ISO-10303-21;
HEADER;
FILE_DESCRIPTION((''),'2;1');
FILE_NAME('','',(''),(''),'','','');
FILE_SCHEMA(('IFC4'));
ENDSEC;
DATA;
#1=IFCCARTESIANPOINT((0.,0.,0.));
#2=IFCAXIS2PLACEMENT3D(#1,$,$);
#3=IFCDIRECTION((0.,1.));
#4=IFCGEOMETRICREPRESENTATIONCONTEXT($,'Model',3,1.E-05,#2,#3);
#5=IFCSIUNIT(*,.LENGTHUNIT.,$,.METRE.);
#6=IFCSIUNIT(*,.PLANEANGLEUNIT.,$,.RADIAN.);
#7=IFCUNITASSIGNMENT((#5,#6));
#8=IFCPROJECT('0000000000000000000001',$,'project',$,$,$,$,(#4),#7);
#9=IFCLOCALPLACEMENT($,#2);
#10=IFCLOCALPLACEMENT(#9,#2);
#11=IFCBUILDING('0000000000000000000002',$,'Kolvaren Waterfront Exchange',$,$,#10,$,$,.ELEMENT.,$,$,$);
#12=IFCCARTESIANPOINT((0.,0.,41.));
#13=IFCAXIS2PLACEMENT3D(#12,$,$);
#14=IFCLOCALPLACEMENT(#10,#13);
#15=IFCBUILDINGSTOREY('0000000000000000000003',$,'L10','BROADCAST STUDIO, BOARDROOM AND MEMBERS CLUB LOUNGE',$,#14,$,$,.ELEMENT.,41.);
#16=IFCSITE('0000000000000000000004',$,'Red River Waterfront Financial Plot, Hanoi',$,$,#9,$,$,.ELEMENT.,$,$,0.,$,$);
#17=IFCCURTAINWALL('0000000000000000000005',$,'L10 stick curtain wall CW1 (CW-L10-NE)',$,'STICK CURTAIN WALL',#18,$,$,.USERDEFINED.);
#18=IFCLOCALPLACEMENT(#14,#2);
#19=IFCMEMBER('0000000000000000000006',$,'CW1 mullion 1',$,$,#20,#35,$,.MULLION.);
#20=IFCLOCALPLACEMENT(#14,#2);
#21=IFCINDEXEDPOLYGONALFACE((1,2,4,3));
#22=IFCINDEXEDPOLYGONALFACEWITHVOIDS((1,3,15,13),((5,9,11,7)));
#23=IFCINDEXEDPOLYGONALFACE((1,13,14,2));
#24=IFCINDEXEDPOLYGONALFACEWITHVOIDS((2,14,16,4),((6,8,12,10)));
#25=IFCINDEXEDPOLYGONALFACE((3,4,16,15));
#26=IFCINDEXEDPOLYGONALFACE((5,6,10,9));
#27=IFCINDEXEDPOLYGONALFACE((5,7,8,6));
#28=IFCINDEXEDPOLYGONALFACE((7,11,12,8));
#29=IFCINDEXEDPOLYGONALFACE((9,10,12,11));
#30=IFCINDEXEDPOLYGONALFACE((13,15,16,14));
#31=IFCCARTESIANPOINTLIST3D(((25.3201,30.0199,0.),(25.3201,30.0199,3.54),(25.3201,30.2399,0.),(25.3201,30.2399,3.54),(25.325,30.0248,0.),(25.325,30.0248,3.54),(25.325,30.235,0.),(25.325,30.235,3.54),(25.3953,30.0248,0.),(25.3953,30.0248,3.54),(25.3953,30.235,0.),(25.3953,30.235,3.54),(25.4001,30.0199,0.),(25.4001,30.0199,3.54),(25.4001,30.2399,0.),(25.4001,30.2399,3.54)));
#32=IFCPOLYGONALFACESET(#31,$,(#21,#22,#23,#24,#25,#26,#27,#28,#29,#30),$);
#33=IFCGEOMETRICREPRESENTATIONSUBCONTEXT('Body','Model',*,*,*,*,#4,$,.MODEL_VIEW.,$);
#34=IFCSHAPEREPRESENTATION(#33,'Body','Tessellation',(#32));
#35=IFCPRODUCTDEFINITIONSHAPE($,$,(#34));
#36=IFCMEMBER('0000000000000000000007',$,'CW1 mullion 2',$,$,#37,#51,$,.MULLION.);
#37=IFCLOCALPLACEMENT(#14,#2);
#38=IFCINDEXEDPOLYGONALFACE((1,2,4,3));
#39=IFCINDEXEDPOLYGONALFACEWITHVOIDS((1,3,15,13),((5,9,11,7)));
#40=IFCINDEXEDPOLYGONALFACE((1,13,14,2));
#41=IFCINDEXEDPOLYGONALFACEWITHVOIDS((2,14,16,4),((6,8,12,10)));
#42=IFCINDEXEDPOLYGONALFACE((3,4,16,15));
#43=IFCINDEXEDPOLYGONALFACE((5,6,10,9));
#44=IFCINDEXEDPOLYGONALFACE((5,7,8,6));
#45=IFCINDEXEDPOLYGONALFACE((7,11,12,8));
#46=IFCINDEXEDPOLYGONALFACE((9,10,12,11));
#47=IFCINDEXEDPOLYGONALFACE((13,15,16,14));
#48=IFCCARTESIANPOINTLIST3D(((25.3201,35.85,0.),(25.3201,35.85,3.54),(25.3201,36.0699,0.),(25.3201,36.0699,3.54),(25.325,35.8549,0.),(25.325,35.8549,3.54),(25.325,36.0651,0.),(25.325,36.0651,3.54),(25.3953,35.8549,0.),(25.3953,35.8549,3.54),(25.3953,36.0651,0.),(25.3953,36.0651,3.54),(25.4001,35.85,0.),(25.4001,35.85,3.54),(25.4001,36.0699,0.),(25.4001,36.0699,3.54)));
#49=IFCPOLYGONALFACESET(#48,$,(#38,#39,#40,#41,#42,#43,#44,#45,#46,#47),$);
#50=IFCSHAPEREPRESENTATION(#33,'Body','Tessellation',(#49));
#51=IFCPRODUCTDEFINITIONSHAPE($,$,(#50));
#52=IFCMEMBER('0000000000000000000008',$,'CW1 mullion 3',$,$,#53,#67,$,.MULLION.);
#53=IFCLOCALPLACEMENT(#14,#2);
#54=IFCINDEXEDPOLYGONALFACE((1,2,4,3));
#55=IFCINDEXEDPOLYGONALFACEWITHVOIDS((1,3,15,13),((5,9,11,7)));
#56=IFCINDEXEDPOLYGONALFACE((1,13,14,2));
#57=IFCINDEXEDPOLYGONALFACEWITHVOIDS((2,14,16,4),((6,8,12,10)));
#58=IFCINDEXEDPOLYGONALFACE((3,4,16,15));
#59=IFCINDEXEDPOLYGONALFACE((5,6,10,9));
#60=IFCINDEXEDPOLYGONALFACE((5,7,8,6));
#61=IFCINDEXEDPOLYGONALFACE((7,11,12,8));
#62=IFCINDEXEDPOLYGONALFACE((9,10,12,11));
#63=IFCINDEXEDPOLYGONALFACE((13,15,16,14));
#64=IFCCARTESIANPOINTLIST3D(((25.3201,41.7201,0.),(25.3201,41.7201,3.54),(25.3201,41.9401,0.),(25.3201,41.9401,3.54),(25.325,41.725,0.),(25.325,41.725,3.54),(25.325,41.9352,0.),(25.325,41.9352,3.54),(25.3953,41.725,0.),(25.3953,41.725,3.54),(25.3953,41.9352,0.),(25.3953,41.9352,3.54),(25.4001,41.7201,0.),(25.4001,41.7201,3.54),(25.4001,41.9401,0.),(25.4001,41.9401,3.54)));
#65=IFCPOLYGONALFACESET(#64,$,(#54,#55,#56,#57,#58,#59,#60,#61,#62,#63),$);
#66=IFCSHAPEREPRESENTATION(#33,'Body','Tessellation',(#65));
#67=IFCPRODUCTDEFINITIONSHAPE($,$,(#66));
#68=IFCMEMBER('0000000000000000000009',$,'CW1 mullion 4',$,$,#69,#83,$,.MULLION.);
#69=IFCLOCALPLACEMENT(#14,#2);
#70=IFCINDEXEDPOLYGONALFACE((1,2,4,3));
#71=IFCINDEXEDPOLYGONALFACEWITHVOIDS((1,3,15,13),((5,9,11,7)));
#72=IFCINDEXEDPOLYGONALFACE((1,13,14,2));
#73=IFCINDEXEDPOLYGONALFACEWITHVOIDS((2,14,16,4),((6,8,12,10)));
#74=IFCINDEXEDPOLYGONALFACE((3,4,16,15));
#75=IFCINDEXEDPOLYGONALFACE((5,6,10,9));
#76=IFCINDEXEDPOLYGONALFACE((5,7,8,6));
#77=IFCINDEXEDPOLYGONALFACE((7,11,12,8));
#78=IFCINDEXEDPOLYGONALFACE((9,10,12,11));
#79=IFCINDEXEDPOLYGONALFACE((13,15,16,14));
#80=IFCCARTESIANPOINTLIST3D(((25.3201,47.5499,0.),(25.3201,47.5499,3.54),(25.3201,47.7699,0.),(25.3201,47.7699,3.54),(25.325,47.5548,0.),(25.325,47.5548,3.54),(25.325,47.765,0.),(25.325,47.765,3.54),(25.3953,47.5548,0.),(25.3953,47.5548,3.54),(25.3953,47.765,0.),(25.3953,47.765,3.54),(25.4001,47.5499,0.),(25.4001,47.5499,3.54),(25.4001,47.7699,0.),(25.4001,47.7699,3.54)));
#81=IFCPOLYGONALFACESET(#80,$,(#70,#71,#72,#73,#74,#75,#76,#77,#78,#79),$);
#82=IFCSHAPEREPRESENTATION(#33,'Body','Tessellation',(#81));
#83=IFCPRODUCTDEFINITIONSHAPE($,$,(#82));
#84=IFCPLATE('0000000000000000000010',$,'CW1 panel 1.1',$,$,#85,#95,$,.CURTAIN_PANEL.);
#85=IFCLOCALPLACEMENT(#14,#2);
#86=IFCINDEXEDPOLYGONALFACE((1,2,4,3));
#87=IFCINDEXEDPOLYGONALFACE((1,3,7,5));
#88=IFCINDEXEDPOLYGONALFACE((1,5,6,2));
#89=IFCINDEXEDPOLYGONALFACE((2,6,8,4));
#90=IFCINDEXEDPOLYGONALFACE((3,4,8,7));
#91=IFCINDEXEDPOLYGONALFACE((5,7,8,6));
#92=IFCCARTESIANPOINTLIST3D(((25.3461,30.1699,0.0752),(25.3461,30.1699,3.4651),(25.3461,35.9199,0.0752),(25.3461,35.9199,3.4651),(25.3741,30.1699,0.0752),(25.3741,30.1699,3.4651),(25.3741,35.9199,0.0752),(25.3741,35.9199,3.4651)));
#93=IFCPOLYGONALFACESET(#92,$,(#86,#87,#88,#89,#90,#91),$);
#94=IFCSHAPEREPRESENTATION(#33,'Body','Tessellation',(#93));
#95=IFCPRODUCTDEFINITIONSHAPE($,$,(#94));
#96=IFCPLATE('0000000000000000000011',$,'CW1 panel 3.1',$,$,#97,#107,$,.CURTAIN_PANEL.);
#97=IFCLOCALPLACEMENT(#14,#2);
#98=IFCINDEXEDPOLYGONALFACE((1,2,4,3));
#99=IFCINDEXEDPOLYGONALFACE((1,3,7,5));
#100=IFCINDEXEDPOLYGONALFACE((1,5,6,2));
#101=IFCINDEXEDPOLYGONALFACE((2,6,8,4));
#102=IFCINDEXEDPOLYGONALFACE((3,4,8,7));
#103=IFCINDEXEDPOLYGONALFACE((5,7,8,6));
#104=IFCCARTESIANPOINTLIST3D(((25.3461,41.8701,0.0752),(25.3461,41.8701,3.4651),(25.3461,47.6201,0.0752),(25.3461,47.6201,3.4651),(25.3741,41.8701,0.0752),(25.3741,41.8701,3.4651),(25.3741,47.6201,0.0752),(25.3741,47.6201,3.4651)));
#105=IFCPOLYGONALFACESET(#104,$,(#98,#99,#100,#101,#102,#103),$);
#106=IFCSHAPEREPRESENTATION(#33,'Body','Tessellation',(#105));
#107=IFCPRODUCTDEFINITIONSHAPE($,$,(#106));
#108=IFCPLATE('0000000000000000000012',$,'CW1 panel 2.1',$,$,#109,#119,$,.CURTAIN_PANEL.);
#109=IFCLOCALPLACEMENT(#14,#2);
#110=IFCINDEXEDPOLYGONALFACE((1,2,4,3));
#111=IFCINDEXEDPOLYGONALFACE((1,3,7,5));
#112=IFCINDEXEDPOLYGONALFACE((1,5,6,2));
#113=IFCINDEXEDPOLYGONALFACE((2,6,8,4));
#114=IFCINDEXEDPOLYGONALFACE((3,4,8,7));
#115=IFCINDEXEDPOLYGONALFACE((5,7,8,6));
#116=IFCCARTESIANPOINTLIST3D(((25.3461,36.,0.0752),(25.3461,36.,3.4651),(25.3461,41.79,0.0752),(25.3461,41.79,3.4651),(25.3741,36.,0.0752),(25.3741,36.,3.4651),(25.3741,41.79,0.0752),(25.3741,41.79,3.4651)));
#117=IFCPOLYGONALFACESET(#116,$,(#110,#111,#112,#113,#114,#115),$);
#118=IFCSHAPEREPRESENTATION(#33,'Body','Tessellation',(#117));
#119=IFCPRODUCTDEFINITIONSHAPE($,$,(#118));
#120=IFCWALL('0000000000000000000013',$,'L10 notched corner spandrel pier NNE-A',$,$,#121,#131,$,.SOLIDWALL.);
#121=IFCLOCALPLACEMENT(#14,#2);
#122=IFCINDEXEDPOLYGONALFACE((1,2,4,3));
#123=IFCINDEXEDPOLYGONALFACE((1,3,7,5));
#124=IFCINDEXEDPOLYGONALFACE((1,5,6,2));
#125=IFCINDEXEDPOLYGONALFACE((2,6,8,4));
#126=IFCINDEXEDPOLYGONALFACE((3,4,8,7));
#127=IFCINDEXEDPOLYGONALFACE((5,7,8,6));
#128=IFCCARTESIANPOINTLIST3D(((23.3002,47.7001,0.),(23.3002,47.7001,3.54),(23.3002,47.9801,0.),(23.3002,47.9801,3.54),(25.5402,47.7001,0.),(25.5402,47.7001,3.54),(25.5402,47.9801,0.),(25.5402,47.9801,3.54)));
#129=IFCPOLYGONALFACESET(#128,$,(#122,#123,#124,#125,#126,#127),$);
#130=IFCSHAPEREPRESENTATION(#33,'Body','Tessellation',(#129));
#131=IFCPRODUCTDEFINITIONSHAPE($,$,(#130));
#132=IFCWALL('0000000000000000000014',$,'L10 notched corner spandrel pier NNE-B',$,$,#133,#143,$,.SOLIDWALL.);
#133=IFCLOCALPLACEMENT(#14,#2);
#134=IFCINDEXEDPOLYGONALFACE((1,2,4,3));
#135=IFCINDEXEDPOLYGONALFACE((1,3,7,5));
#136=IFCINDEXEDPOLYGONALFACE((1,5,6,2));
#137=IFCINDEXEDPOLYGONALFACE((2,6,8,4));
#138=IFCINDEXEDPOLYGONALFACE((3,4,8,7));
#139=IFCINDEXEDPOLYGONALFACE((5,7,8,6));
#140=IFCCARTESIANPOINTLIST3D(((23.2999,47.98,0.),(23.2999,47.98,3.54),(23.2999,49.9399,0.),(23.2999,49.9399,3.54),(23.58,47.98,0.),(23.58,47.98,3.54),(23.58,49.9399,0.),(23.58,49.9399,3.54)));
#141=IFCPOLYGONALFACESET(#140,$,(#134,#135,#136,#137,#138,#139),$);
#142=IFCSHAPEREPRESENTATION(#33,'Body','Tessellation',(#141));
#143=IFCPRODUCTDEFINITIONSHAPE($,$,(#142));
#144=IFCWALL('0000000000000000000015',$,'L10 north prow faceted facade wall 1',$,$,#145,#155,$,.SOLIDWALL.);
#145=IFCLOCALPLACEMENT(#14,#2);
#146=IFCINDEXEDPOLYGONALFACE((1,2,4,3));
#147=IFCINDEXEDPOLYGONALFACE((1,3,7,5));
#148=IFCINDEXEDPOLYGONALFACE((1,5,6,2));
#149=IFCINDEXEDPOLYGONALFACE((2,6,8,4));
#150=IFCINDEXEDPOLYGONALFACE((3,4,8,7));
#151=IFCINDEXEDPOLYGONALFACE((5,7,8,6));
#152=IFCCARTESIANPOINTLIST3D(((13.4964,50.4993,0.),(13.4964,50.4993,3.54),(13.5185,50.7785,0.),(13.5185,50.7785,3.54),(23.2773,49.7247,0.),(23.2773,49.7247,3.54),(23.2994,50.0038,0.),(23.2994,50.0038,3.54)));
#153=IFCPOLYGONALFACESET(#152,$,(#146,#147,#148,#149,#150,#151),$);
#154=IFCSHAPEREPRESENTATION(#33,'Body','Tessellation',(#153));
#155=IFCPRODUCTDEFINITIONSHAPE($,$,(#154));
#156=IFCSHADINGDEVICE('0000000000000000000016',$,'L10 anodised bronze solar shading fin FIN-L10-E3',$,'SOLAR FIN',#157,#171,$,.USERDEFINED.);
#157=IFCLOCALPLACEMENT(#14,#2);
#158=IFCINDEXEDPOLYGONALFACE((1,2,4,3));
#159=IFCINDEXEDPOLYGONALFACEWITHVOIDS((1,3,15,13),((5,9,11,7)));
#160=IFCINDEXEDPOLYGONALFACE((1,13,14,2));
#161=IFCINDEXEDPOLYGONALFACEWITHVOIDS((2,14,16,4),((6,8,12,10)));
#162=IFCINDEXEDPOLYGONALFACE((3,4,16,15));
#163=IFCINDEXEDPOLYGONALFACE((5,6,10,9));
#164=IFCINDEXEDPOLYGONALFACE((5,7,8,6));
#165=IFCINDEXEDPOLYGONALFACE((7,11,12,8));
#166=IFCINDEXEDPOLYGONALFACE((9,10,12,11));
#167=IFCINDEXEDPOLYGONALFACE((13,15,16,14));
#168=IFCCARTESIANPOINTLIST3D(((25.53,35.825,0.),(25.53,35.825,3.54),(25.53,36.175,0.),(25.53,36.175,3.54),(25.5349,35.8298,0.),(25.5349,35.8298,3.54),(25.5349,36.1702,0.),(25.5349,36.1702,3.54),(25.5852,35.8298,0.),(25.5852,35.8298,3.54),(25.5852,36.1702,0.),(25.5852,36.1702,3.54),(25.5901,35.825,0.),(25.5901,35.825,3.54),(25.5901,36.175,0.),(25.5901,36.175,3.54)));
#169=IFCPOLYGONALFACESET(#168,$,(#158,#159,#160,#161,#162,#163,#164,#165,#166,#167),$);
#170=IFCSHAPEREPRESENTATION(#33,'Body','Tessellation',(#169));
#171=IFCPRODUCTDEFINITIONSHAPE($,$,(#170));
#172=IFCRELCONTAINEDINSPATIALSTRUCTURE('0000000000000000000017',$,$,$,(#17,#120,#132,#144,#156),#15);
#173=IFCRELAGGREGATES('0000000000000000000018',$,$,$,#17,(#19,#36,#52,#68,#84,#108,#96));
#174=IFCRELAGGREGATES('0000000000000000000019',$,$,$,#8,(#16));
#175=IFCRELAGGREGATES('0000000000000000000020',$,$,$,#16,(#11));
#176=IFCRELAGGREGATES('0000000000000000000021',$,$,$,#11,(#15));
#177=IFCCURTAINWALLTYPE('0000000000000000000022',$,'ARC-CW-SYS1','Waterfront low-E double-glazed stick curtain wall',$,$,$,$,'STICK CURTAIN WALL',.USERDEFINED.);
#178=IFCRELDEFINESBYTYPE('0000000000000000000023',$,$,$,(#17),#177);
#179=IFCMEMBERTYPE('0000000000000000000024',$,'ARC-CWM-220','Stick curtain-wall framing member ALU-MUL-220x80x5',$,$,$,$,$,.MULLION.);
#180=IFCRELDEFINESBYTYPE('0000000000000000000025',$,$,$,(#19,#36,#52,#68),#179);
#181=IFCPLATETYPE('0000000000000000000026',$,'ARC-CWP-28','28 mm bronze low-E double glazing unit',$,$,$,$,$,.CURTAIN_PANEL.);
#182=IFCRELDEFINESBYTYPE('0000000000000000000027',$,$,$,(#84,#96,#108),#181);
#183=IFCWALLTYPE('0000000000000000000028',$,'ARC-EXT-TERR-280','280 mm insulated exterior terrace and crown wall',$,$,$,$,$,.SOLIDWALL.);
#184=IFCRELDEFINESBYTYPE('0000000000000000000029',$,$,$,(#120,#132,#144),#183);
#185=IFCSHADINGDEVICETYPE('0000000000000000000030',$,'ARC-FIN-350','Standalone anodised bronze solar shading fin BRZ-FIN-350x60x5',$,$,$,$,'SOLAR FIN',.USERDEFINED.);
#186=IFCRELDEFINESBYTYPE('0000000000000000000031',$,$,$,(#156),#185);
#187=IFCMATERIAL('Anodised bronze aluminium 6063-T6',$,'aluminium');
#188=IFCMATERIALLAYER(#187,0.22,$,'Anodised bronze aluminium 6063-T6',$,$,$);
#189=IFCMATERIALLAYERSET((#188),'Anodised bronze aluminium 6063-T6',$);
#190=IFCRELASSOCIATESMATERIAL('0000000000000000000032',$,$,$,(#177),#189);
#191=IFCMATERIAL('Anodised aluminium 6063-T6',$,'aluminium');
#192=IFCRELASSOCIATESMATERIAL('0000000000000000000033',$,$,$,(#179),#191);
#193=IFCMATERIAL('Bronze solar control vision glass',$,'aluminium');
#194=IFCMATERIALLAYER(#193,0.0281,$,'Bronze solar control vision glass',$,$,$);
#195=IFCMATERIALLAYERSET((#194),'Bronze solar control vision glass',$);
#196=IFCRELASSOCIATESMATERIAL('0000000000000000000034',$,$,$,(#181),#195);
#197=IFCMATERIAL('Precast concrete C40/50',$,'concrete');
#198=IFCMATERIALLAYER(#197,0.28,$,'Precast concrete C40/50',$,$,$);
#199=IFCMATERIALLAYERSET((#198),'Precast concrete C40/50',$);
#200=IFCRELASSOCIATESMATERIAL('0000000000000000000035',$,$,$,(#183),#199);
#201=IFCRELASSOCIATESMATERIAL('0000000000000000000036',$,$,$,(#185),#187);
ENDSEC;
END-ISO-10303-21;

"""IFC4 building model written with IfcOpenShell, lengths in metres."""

from ifc_helpers import new_model, si_unit, direction, frame, frame_2d, origin, origin_with_axes, origin_2d, place, context, subcontext, project, spatial, rectangle, hollow_rectangle, extrude, source, transform, mapped, material, layer, layer_set, material_profile, profile_set, type_object, element, aggregate, save


model = new_model("IFC4")

# Units and contexts
model_context = context("Model", 3, precision=1e-05, world=origin(), true_north=direction((0.0, 1.0)))
body_context = subcontext(model_context, "Body", "Model", "MODEL_VIEW")
ifc_project = project(units=[si_unit("LENGTHUNIT", "METRE"), si_unit("PLANEANGLEUNIT", "RADIAN")], contexts=[model_context])

# Site, building, storey
site_placement = place(None, origin())
site = spatial("IfcSite", under=ifc_project, at=site_placement, Name="Red River Waterfront Financial Plot, Hanoi", CompositionType="ELEMENT", RefElevation=0.0)
building_placement = place(site_placement, origin())
building = spatial("IfcBuilding", under=site, at=building_placement, Name="Kolvaren Waterfront Exchange", CompositionType="ELEMENT")
storey_placement = place(building_placement, frame((0.0, 0.0, 41.0)))
storey = spatial("IfcBuildingStorey", under=building, at=storey_placement, Name="L10", Description="BROADCAST STUDIO, BOARDROOM AND MEMBERS CLUB LOUNGE", CompositionType="ELEMENT", Elevation=41.0)

# Curtain wall, members, plates
ifc_material_1 = material(Name="Anodised bronze aluminium 6063-T6", Category="aluminium")
ifc_layer_1 = layer(ifc_material_1, 0.22, Name="Anodised bronze aluminium 6063-T6")
ifc_layer_set_1 = layer_set([ifc_layer_1], Name="Anodised bronze aluminium 6063-T6")
curtain_wall_type = type_object("IfcCurtainWallType", Name="ARC-CW-SYS1", Description="Waterfront low-E double-glazed stick curtain wall", ElementType="STICK CURTAIN WALL", PredefinedType="USERDEFINED", material=ifc_layer_set_1)
curtain_wall_placement = place(storey_placement, origin())
curtain_wall = element("IfcCurtainWall", 1, at=curtain_wall_placement, inside=storey, type_object=curtain_wall_type, Name="L10 stick curtain wall CW1 (CW-L10-NE)", ObjectType="STICK CURTAIN WALL", PredefinedType="USERDEFINED")
ifc_material_2 = material(Name="Anodised aluminium 6063-T6", Category="aluminium")
ifc_material_profile_1 = material_profile(ifc_material_2, hollow_rectangle(XDim=0.0801, YDim=0.22, WallThickness=0.0049, at=origin_2d()), Name="ALU-MUL-220x80x5")
ifc_profile_set_1 = profile_set([ifc_material_profile_1], Name="Anodised aluminium 6063-T6")
member_type_1 = type_object("IfcMemberType", Name="ARC-CWM-220", Description="Stick curtain-wall framing member ALU-MUL-220x80x5", PredefinedType="MULLION", material=ifc_profile_set_1)
shared_shape_1 = source(origin_with_axes(), body_context, "Body", "SweptSolid", [
    extrude(hollow_rectangle(XDim=0.0801, YDim=0.22, WallThickness=0.0049, at=origin_2d()), origin(), (0.0, 0.0, 1.0), 3.54),
])
member_1_placement = place(storey_placement, frame((25.3601, 30.1299, 0.0), z_axis=(0.0, 0.0, 1.0), x_axis=(-1.0, 0.0, 0.0)))
member_1 = element("IfcMember", 2, at=member_1_placement, type_object=member_type_1, Name="CW1 mullion 1", PredefinedType="MULLION", context=body_context, shape_type="MappedRepresentation", body=[
    mapped(shared_shape_1, transform((0.0, 0.0, 0.0), x_axis=(1.0, 0.0, 0.0), y_axis=(0.0, 1.0, 0.0), z_axis=(0.0, 0.0, 1.0), scale=1.0)),
])
member_2_placement = place(storey_placement, frame((25.3601, 35.96, 0.0), z_axis=(0.0, 0.0, 1.0), x_axis=(-1.0, 0.0, 0.0)))
member_2 = element("IfcMember", 3, at=member_2_placement, type_object=member_type_1, Name="CW1 mullion 2", PredefinedType="MULLION", context=body_context, shape_type="MappedRepresentation", body=[
    mapped(shared_shape_1, transform((0.0, 0.0, 0.0), x_axis=(1.0, 0.0, 0.0), y_axis=(0.0, 1.0, 0.0), z_axis=(0.0, 0.0, 1.0), scale=1.0)),
])
member_3_placement = place(storey_placement, frame((25.3601, 41.8301, 0.0), z_axis=(0.0, 0.0, 1.0), x_axis=(-1.0, 0.0, 0.0)))
member_3 = element("IfcMember", 4, at=member_3_placement, type_object=member_type_1, Name="CW1 mullion 3", PredefinedType="MULLION", context=body_context, shape_type="MappedRepresentation", body=[
    mapped(shared_shape_1, transform((0.0, 0.0, 0.0), x_axis=(1.0, 0.0, 0.0), y_axis=(0.0, 1.0, 0.0), z_axis=(0.0, 0.0, 1.0), scale=1.0)),
])
member_4_placement = place(storey_placement, frame((25.3601, 47.6599, 0.0), z_axis=(0.0, 0.0, 1.0), x_axis=(-1.0, 0.0, 0.0)))
member_4 = element("IfcMember", 5, at=member_4_placement, type_object=member_type_1, Name="CW1 mullion 4", PredefinedType="MULLION", context=body_context, shape_type="MappedRepresentation", body=[
    mapped(shared_shape_1, transform((0.0, 0.0, 0.0), x_axis=(1.0, 0.0, 0.0), y_axis=(0.0, 1.0, 0.0), z_axis=(0.0, 0.0, 1.0), scale=1.0)),
])
ifc_material_3 = material(Name="Bronze solar control vision glass", Category="aluminium")
ifc_layer_2 = layer(ifc_material_3, 0.0281, Name="Bronze solar control vision glass")
ifc_layer_set_2 = layer_set([ifc_layer_2], Name="Bronze solar control vision glass")
plate_type = type_object("IfcPlateType", Name="ARC-CWP-28", Description="28 mm bronze low-E double glazing unit", PredefinedType="CURTAIN_PANEL", material=ifc_layer_set_2)
shared_shape_2 = source(origin_with_axes(), body_context, "Body", "SweptSolid", [
    extrude(rectangle(XDim=5.75, YDim=0.0281, at=origin_2d()), origin(), (0.0, 0.0, 1.0), 3.3899),
])
plate_1_placement = place(storey_placement, frame((25.3601, 33.0449, 0.0752), z_axis=(0.0, 0.0, 1.0), x_axis=(0.0, 1.0, 0.0)))
plate_1 = element("IfcPlate", 6, at=plate_1_placement, type_object=plate_type, Name="CW1 panel 1.1", PredefinedType="CURTAIN_PANEL", context=body_context, shape_type="MappedRepresentation", body=[
    mapped(shared_shape_2, transform((0.0, 0.0, 0.0), x_axis=(1.0, 0.0, 0.0), y_axis=(0.0, 1.0, 0.0), z_axis=(0.0, 0.0, 1.0), scale=1.0)),
])
plate_2_placement = place(storey_placement, frame((25.3601, 44.7451, 0.0752), z_axis=(0.0, 0.0, 1.0), x_axis=(0.0, 1.0, 0.0)))
plate_2 = element("IfcPlate", 7, at=plate_2_placement, type_object=plate_type, Name="CW1 panel 3.1", PredefinedType="CURTAIN_PANEL", context=body_context, shape_type="MappedRepresentation", body=[
    mapped(shared_shape_2, transform((0.0, 0.0, 0.0), x_axis=(1.0, 0.0, 0.0), y_axis=(0.0, 1.0, 0.0), z_axis=(0.0, 0.0, 1.0), scale=1.0)),
])
shared_shape_3 = source(origin_with_axes(), body_context, "Body", "SweptSolid", [
    extrude(rectangle(XDim=5.79, YDim=0.0281, at=origin_2d()), origin(), (0.0, 0.0, 1.0), 3.3899),
])
plate_3_placement = place(storey_placement, frame((25.3601, 38.895, 0.0752), z_axis=(0.0, 0.0, 1.0), x_axis=(0.0, 1.0, 0.0)))
plate_3 = element("IfcPlate", 8, at=plate_3_placement, type_object=plate_type, Name="CW1 panel 2.1", PredefinedType="CURTAIN_PANEL", context=body_context, shape_type="MappedRepresentation", body=[
    mapped(shared_shape_3, transform((0.0, 0.0, 0.0), x_axis=(1.0, 0.0, 0.0), y_axis=(0.0, 1.0, 0.0), z_axis=(0.0, 0.0, 1.0), scale=1.0)),
])
aggregate(curtain_wall, [member_1, member_2, member_3, member_4, plate_1, plate_3, plate_2])

# Walls
ifc_material_4 = material(Name="Precast concrete C40/50", Category="concrete")
ifc_layer_3 = layer(ifc_material_4, 0.28, Name="Precast concrete C40/50")
ifc_layer_set_3 = layer_set([ifc_layer_3], Name="Precast concrete C40/50")
wall_type = type_object("IfcWallType", Name="ARC-EXT-TERR-280", Description="280 mm insulated exterior terrace and crown wall", PredefinedType="SOLIDWALL", material=ifc_layer_set_3)
wall_1_placement = place(storey_placement, frame((23.3, 47.8401, 0.0), z_axis=(0.0, 0.0, 1.0), x_axis=(1.0, 0.0, 0.0)))
element("IfcWall", 9, at=wall_1_placement, inside=storey, type_object=wall_type, Name="L10 notched corner spandrel pier NNE-A", PredefinedType="SOLIDWALL", context=body_context, shape_type="SweptSolid", body=[
    extrude(rectangle(XDim=2.24, YDim=0.28, at=frame_2d((1.1201, 0.0))), origin(), (0.0, 0.0, 1.0), 3.54),
])
wall_2_placement = place(storey_placement, frame((23.4399, 47.98, 0.0), z_axis=(0.0, 0.0, 1.0), x_axis=(0.0, 1.0, 0.0)))
element("IfcWall", 10, at=wall_2_placement, inside=storey, type_object=wall_type, Name="L10 notched corner spandrel pier NNE-B", PredefinedType="SOLIDWALL", context=body_context, shape_type="SweptSolid", body=[
    extrude(rectangle(XDim=1.96, YDim=0.28, at=frame_2d((0.98, 0.0))), origin(), (0.0, 0.0, 1.0), 3.54),
])
wall_3_placement = place(storey_placement, frame((23.2883, 49.8643, 0.0), z_axis=(0.0, 0.0, 1.0), x_axis=(-0.996878, 0.078953, 0.0)))
element("IfcWall", 11, at=wall_3_placement, inside=storey, type_object=wall_type, Name="L10 north prow faceted facade wall 1", PredefinedType="SOLIDWALL", context=body_context, shape_type="SweptSolid", body=[
    extrude(rectangle(XDim=9.8115, YDim=0.28, at=frame_2d((4.9058, 0.0))), origin(), (0.0, 0.0, 1.0), 3.54),
])

# Shading device
ifc_material_profile_2 = material_profile(ifc_material_1, hollow_rectangle(XDim=0.0601, YDim=0.3501, WallThickness=0.0049, at=origin_2d()), Name="BRZ-FIN-350x60x5")
ifc_profile_set_2 = profile_set([ifc_material_profile_2], Name="Anodised bronze aluminium 6063-T6")
shading_device_type = type_object("IfcShadingDeviceType", Name="ARC-FIN-350", Description="Standalone anodised bronze solar shading fin BRZ-FIN-350x60x5", ElementType="SOLAR FIN", PredefinedType="USERDEFINED", material=ifc_profile_set_2)
shading_device_placement = place(storey_placement, frame((25.5601, 36.0, 0.0), z_axis=(0.0, 0.0, 1.0), x_axis=(1.0, 0.0, 0.0)))
element("IfcShadingDevice", 12, at=shading_device_placement, inside=storey, type_object=shading_device_type, Name="L10 anodised bronze solar shading fin FIN-L10-E3", ObjectType="SOLAR FIN", PredefinedType="USERDEFINED", context=body_context, shape_type="SweptSolid", body=[
    extrude(hollow_rectangle(XDim=0.0601, YDim=0.3501, WallThickness=0.0049, at=origin_2d()), origin(), (0.0, 0.0, 1.0), 3.54),
])

save(model, "model.ifc")
